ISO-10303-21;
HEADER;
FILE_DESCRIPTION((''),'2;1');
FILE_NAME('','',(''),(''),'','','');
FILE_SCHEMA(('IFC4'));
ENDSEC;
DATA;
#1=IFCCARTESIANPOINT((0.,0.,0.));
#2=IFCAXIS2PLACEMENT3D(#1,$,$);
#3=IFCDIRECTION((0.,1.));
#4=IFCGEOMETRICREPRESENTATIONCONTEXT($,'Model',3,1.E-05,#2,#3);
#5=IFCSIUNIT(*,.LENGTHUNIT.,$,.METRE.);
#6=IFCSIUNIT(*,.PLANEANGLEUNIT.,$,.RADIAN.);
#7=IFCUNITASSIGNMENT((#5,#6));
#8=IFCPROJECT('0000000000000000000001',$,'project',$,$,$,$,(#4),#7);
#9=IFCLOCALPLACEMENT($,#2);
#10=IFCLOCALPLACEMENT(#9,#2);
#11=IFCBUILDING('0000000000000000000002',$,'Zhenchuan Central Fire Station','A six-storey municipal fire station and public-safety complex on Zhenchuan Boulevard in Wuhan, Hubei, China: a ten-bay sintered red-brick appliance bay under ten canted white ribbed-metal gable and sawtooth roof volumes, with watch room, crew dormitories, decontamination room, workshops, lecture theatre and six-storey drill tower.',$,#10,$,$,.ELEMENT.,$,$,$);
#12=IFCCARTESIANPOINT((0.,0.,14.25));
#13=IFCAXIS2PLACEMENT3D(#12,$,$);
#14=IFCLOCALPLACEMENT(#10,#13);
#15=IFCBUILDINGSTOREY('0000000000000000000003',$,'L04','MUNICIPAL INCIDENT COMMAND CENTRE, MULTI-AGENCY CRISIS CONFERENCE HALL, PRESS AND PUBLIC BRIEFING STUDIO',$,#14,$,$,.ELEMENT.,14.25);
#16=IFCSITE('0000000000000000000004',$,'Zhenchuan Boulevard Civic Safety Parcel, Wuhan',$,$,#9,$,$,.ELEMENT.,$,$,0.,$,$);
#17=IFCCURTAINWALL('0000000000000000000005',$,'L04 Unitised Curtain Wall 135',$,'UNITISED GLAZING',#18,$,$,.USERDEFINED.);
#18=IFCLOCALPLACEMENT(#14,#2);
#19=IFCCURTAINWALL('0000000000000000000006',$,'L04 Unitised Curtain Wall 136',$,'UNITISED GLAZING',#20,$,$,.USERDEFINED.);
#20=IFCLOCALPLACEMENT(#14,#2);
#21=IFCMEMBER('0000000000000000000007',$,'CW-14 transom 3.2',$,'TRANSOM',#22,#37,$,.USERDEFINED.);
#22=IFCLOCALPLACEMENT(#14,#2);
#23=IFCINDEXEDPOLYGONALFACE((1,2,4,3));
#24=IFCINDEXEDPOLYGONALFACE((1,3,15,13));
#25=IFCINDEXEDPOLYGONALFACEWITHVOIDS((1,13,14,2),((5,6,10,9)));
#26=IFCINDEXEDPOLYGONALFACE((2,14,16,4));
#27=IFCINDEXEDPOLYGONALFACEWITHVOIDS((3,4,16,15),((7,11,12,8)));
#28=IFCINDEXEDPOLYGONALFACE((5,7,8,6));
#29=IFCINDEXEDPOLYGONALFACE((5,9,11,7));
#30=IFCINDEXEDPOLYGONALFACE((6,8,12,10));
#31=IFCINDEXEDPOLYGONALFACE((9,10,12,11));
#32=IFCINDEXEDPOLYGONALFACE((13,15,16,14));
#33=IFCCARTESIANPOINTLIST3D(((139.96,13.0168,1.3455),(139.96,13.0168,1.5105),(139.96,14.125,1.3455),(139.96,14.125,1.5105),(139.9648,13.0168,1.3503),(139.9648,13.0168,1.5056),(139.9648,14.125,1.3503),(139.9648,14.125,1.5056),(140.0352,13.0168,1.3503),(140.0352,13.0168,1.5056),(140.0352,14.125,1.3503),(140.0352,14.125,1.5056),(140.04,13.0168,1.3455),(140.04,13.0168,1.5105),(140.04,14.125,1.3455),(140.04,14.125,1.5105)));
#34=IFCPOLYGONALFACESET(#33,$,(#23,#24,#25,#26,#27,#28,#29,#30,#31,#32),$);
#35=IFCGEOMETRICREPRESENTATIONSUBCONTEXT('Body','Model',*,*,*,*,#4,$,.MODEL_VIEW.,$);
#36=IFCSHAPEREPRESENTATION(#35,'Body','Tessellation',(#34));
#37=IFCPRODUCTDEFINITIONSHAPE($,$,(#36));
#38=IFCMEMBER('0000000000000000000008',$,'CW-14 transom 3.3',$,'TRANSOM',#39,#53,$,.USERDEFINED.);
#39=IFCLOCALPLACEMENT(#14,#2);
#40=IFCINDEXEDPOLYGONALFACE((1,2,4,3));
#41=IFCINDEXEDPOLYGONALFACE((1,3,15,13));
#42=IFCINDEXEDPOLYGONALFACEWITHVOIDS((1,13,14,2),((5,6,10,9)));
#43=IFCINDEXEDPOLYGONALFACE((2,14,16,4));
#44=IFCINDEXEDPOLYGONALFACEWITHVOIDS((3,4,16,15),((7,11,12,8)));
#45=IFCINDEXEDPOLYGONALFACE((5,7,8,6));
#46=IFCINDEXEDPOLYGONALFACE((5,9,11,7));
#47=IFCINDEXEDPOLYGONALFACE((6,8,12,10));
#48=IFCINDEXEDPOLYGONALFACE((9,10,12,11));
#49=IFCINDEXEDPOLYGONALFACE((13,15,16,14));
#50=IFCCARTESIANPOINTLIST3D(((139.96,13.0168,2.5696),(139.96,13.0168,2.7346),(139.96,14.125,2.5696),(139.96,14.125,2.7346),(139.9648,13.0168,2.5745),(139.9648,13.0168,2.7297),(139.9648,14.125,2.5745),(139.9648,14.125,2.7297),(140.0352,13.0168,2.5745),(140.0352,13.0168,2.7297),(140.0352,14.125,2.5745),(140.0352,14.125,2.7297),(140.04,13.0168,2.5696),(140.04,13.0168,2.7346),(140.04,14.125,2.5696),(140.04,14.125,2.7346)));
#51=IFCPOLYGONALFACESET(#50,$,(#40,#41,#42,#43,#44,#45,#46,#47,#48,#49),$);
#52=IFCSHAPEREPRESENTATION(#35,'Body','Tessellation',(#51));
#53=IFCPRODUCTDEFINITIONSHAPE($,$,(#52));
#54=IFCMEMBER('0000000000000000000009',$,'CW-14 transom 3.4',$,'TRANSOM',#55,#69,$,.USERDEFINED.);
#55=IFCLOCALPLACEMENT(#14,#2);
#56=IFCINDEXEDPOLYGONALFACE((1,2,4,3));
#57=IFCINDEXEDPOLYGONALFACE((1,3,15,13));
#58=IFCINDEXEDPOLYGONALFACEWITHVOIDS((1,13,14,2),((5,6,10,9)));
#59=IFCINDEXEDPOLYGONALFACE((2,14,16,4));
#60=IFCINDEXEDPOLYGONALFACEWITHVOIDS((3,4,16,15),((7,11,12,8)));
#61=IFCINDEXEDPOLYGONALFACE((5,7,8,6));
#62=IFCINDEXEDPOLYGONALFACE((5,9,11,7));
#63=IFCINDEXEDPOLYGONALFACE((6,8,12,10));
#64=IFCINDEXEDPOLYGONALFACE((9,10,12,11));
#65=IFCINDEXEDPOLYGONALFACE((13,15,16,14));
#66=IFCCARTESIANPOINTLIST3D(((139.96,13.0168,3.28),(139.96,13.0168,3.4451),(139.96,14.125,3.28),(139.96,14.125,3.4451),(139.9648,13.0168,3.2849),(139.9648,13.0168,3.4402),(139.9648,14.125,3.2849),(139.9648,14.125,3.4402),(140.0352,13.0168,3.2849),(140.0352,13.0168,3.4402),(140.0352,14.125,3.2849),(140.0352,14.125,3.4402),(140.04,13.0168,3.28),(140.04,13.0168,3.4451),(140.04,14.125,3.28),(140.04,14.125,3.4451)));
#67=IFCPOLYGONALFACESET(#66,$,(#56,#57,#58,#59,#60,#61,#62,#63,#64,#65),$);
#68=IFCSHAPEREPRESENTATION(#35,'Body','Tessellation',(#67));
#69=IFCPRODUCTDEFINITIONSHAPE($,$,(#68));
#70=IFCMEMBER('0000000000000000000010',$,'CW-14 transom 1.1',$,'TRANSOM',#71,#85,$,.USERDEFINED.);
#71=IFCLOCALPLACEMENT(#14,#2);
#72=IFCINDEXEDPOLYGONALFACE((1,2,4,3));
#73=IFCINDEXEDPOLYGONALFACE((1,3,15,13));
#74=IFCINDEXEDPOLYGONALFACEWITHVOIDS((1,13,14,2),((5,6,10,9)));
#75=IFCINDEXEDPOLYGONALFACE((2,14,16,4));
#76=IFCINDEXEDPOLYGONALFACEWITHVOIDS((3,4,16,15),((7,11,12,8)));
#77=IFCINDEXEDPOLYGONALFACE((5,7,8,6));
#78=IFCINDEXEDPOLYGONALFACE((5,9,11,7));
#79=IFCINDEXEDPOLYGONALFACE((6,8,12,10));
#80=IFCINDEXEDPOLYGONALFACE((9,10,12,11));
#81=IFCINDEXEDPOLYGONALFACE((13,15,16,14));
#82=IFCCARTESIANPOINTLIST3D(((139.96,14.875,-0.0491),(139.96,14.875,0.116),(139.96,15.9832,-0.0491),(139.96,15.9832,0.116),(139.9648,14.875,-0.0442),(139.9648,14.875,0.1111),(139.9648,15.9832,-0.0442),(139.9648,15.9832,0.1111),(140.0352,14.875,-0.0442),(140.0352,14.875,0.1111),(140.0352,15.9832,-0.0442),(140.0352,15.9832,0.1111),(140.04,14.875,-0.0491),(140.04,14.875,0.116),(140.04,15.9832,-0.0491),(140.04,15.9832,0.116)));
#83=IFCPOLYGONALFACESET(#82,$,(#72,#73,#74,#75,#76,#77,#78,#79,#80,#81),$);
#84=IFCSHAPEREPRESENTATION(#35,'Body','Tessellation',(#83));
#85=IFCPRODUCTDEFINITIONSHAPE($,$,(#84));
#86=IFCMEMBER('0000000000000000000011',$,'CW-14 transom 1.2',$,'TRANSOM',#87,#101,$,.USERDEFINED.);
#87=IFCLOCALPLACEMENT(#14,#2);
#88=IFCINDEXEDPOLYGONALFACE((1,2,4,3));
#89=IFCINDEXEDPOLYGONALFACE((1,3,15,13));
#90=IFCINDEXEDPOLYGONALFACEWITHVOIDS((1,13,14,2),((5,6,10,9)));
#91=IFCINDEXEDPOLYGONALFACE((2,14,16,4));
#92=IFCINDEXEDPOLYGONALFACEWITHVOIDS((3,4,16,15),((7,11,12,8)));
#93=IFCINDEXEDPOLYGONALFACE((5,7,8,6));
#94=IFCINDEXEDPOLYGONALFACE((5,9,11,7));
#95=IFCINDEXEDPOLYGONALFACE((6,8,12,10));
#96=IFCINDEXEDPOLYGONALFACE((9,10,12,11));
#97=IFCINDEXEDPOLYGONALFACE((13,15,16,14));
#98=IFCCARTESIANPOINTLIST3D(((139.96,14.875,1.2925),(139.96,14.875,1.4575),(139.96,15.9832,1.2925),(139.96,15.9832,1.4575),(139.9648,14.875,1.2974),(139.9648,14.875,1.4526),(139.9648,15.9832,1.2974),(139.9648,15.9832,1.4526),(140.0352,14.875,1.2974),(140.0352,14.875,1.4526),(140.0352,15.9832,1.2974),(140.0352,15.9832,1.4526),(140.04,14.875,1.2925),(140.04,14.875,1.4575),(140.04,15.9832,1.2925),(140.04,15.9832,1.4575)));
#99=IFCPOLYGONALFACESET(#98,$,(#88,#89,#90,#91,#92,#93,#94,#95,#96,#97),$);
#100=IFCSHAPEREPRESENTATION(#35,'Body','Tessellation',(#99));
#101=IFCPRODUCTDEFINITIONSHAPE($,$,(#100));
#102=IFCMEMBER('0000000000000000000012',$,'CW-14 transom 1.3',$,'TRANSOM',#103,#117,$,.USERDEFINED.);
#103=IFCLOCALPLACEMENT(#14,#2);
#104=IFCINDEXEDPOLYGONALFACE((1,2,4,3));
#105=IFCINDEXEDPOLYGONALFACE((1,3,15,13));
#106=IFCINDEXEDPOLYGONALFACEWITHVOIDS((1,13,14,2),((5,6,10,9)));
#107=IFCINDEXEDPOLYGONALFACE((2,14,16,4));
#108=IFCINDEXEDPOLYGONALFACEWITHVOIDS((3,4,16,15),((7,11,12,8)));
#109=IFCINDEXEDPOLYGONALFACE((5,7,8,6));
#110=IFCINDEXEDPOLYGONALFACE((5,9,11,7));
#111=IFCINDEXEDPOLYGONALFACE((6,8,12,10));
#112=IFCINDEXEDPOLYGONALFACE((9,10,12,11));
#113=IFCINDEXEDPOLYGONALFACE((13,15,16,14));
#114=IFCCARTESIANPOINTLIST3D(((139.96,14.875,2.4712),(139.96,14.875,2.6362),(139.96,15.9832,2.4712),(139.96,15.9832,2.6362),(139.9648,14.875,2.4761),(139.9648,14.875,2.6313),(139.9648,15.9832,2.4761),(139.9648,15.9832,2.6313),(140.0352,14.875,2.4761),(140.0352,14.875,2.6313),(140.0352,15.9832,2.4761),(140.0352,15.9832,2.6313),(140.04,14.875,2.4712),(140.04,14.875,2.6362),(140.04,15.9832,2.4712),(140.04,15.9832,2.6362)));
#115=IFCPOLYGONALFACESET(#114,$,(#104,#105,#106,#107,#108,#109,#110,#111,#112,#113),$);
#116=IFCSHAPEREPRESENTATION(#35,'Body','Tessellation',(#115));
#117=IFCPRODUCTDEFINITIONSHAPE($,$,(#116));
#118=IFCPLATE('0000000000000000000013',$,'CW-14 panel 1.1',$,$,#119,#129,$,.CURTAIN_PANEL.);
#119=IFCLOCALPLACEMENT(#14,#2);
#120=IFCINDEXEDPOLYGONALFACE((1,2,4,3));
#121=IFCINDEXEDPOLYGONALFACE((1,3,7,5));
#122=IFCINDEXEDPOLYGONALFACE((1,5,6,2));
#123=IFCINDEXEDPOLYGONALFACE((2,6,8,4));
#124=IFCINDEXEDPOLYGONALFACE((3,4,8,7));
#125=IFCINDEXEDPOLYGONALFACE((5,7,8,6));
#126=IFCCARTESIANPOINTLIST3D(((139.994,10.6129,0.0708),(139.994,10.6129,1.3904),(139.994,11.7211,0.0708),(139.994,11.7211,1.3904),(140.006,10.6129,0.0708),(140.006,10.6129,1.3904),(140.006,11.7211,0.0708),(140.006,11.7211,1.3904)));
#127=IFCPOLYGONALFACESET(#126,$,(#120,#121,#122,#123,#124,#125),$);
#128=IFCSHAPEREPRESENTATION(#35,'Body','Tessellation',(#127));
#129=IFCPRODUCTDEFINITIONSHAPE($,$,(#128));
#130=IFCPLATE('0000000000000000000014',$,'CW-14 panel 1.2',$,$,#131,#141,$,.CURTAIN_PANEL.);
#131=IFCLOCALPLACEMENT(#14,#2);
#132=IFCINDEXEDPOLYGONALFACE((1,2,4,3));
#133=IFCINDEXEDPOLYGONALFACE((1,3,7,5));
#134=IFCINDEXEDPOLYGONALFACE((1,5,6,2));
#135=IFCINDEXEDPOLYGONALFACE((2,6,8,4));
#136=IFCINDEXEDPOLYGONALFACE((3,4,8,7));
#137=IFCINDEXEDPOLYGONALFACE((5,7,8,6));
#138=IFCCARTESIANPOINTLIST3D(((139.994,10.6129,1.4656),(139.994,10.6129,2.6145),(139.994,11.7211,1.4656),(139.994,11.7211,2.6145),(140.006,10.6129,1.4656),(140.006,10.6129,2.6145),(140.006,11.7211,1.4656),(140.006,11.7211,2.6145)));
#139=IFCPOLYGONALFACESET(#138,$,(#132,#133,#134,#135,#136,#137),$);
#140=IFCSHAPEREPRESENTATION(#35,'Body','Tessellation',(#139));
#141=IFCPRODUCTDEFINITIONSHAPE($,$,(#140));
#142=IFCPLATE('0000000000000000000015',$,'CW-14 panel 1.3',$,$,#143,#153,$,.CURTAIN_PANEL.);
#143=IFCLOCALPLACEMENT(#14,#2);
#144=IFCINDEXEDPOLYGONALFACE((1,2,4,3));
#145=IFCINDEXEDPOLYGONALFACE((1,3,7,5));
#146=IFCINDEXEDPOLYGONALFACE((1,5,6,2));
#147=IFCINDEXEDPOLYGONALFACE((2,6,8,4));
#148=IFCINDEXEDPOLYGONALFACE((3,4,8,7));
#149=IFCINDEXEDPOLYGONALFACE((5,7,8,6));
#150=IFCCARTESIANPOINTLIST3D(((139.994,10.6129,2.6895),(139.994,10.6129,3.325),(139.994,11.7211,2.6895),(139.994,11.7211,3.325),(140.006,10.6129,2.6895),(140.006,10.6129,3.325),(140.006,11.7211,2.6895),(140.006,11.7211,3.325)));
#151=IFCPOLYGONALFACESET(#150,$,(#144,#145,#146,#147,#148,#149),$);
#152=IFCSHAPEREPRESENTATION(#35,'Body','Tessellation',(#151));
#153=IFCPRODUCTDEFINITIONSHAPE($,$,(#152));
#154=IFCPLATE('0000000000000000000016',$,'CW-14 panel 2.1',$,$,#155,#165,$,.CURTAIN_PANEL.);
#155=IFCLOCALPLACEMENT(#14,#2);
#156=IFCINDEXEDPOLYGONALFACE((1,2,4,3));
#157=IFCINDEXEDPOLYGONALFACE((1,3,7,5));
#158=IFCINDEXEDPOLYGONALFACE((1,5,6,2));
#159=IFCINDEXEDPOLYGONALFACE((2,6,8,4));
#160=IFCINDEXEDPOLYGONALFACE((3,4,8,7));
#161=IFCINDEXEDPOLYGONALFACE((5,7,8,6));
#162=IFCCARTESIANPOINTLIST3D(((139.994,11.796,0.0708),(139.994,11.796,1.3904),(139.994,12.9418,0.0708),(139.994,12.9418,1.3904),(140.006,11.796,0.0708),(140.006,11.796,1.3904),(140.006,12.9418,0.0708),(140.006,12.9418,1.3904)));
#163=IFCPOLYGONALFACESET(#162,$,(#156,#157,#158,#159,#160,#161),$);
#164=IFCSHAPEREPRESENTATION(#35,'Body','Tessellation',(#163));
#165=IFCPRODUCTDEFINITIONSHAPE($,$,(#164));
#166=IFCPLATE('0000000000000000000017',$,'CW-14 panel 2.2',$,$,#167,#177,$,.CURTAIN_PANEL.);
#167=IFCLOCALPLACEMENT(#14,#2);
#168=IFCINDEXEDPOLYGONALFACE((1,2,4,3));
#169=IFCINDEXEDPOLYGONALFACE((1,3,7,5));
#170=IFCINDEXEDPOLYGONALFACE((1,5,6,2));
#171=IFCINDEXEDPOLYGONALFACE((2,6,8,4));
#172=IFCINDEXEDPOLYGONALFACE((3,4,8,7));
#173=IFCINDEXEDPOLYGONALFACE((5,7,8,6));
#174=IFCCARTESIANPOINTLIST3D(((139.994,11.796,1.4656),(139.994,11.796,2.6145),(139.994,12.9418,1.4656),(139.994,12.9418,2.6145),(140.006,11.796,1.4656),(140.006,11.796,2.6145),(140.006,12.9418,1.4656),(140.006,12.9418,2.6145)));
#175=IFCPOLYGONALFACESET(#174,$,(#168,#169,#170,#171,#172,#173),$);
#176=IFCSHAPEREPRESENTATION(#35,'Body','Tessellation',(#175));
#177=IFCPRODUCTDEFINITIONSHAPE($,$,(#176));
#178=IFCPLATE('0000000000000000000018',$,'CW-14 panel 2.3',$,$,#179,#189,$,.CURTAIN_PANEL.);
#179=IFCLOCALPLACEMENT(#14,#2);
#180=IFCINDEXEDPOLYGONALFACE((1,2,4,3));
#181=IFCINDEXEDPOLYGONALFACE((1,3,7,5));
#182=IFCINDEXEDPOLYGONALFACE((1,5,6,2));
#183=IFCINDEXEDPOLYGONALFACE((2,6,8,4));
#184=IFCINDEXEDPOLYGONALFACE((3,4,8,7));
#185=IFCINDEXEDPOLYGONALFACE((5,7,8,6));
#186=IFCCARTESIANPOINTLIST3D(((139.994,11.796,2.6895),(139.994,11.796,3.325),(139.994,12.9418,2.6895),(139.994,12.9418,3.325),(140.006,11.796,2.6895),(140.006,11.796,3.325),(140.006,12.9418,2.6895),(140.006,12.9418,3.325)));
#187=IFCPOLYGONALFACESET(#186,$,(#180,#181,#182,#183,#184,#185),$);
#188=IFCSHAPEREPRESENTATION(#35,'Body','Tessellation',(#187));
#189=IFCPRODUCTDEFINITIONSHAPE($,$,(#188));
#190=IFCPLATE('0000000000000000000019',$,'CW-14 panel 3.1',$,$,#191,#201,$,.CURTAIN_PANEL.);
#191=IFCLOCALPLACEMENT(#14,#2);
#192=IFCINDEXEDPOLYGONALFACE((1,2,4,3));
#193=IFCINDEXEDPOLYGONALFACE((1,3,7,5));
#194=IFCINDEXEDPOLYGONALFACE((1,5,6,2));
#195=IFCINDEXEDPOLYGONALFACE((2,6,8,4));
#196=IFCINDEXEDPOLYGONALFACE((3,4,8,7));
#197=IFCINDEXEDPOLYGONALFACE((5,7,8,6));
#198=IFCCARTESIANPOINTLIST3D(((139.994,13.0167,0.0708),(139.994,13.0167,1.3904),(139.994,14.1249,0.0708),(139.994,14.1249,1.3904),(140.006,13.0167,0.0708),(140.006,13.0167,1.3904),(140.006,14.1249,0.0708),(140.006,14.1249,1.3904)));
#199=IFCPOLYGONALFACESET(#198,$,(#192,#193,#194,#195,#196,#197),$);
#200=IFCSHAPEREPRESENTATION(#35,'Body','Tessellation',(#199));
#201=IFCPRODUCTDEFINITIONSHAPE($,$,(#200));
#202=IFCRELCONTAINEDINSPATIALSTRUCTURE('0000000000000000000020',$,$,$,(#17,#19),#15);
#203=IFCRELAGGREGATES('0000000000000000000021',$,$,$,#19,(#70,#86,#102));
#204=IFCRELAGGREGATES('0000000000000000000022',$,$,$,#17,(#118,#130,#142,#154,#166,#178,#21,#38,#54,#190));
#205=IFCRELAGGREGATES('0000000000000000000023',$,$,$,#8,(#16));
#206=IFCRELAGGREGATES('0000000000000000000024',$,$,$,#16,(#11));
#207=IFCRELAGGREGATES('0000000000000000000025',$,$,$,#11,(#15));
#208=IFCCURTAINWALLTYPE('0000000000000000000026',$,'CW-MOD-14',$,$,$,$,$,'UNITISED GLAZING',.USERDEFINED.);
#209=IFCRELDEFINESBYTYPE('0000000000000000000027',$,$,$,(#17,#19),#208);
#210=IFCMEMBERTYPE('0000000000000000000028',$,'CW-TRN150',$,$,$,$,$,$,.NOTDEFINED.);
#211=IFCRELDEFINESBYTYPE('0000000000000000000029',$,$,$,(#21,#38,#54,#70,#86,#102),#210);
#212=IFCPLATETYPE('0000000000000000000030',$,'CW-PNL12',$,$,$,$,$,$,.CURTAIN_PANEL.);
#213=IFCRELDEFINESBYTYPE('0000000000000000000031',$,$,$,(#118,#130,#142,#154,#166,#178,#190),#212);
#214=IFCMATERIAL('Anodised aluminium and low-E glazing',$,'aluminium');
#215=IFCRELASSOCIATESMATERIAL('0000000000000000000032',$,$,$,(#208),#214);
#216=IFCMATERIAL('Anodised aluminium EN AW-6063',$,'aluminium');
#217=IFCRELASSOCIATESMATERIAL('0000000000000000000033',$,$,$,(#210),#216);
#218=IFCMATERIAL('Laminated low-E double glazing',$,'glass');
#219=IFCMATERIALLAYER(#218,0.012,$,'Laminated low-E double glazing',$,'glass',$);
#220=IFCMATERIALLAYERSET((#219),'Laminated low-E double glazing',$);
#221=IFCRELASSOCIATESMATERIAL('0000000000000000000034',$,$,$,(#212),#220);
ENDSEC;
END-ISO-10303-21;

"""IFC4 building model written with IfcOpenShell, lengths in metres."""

from ifc_helpers import new_model, si_unit, direction, frame, origin, origin_2d, place, context, subcontext, project, spatial, rectangle, hollow_rectangle, extrude, material, layer, layer_set, material_profile, profile_set, type_object, element, aggregate, save


model = new_model("IFC4")

# Units and contexts
model_context = context("Model", 3, precision=1e-05, world=origin(), true_north=direction((0.0, 1.0)))
body_context = subcontext(model_context, "Body", "Model", "MODEL_VIEW")
ifc_project = project(units=[si_unit("LENGTHUNIT", "METRE"), si_unit("PLANEANGLEUNIT", "RADIAN")], contexts=[model_context])

# Site, building, storey
site_placement = place(None, origin())
site = spatial("IfcSite", under=ifc_project, at=site_placement, Name="Zhenchuan Boulevard Civic Safety Parcel, Wuhan", CompositionType="ELEMENT", RefElevation=0.0)
building_placement = place(site_placement, origin())
building = spatial("IfcBuilding", under=site, at=building_placement, Name="Zhenchuan Central Fire Station", Description="A six-storey municipal fire station and public-safety complex on Zhenchuan Boulevard in Wuhan, Hubei, China: a ten-bay sintered red-brick appliance bay under ten canted white ribbed-metal gable and sawtooth roof volumes, with watch room, crew dormitories, decontamination room, workshops, lecture theatre and six-storey drill tower.", CompositionType="ELEMENT")
storey_placement = place(building_placement, frame((0.0, 0.0, 14.25)))
storey = spatial("IfcBuildingStorey", under=building, at=storey_placement, Name="L04", Description="MUNICIPAL INCIDENT COMMAND CENTRE, MULTI-AGENCY CRISIS CONFERENCE HALL, PRESS AND PUBLIC BRIEFING STUDIO", CompositionType="ELEMENT", Elevation=14.25)

# Curtain wall
ifc_material_1 = material(Name="Anodised aluminium and low-E glazing", Category="aluminium")
curtain_wall_type = type_object("IfcCurtainWallType", Name="CW-MOD-14", ElementType="UNITISED GLAZING", PredefinedType="USERDEFINED", material=ifc_material_1)
curtain_wall_1_placement = place(storey_placement, origin())
curtain_wall_1 = element("IfcCurtainWall", 1, at=curtain_wall_1_placement, inside=storey, type_object=curtain_wall_type, Name="L04 Unitised Curtain Wall 135", ObjectType="UNITISED GLAZING", PredefinedType="USERDEFINED")
ifc_material_2 = material(Name="Anodised aluminium EN AW-6063", Category="aluminium")

# Curtain wall
curtain_wall_2_placement = place(storey_placement, origin())
curtain_wall_2 = element("IfcCurtainWall", 2, at=curtain_wall_2_placement, inside=storey, type_object=curtain_wall_type, Name="L04 Unitised Curtain Wall 136", ObjectType="UNITISED GLAZING", PredefinedType="USERDEFINED")

# Members
ifc_material_profile_1 = material_profile(ifc_material_2, hollow_rectangle(XDim=0.0801, YDim=0.165, WallThickness=0.0049, at=origin_2d()), Name="ALU-T 165x80")
ifc_profile_set_1 = profile_set([ifc_material_profile_1], Name="Anodised aluminium EN AW-6063")
member_type_1 = type_object("IfcMemberType", Name="CW-TRN150", PredefinedType="NOTDEFINED", material=ifc_profile_set_1)
member_1_placement = place(storey_placement, frame((140.0, 13.0168, 1.428), z_axis=(0.0, 1.0, 0.0), x_axis=(-1.0, 0.0, 0.0)))
member_1 = element("IfcMember", 3, at=member_1_placement, type_object=member_type_1, Name="CW-14 transom 3.2", ObjectType="TRANSOM", PredefinedType="USERDEFINED", context=body_context, shape_type="SweptSolid", body=[
    extrude(hollow_rectangle(XDim=0.0801, YDim=0.165, WallThickness=0.0049, at=origin_2d()), origin(), (0.0, 0.0, 1.0), 1.1082),
])
member_2_placement = place(storey_placement, frame((140.0, 13.0168, 2.6521), z_axis=(0.0, 1.0, 0.0), x_axis=(-1.0, 0.0, 0.0)))
member_2 = element("IfcMember", 4, at=member_2_placement, type_object=member_type_1, Name="CW-14 transom 3.3", ObjectType="TRANSOM", PredefinedType="USERDEFINED", context=body_context, shape_type="SweptSolid", body=[
    extrude(hollow_rectangle(XDim=0.0801, YDim=0.165, WallThickness=0.0049, at=origin_2d()), origin(), (0.0, 0.0, 1.0), 1.1082),
])
member_3_placement = place(storey_placement, frame((140.0, 13.0168, 3.3625), z_axis=(0.0, 1.0, 0.0), x_axis=(-1.0, 0.0, 0.0)))
member_3 = element("IfcMember", 5, at=member_3_placement, type_object=member_type_1, Name="CW-14 transom 3.4", ObjectType="TRANSOM", PredefinedType="USERDEFINED", context=body_context, shape_type="SweptSolid", body=[
    extrude(hollow_rectangle(XDim=0.0801, YDim=0.165, WallThickness=0.0049, at=origin_2d()), origin(), (0.0, 0.0, 1.0), 1.1082),
])
member_4_placement = place(storey_placement, frame((140.0, 14.875, 0.0334), z_axis=(0.0, 1.0, 0.0), x_axis=(-1.0, 0.0, 0.0)))
member_4 = element("IfcMember", 6, at=member_4_placement, type_object=member_type_1, Name="CW-14 transom 1.1", ObjectType="TRANSOM", PredefinedType="USERDEFINED", context=body_context, shape_type="SweptSolid", body=[
    extrude(hollow_rectangle(XDim=0.0801, YDim=0.165, WallThickness=0.0049, at=origin_2d()), origin(), (0.0, 0.0, 1.0), 1.1082),
])
member_5_placement = place(storey_placement, frame((140.0, 14.875, 1.375), z_axis=(0.0, 1.0, 0.0), x_axis=(-1.0, 0.0, 0.0)))
member_5 = element("IfcMember", 7, at=member_5_placement, type_object=member_type_1, Name="CW-14 transom 1.2", ObjectType="TRANSOM", PredefinedType="USERDEFINED", context=body_context, shape_type="SweptSolid", body=[
    extrude(hollow_rectangle(XDim=0.0801, YDim=0.165, WallThickness=0.0049, at=origin_2d()), origin(), (0.0, 0.0, 1.0), 1.1082),
])
member_6_placement = place(storey_placement, frame((140.0, 14.875, 2.5537), z_axis=(0.0, 1.0, 0.0), x_axis=(-1.0, 0.0, 0.0)))
member_6 = element("IfcMember", 8, at=member_6_placement, type_object=member_type_1, Name="CW-14 transom 1.3", ObjectType="TRANSOM", PredefinedType="USERDEFINED", context=body_context, shape_type="SweptSolid", body=[
    extrude(hollow_rectangle(XDim=0.0801, YDim=0.165, WallThickness=0.0049, at=origin_2d()), origin(), (0.0, 0.0, 1.0), 1.1082),
])
aggregate(curtain_wall_2, [member_4, member_5, member_6])

# Plates
ifc_material_3 = material(Name="Laminated low-E double glazing", Category="glass")
ifc_layer = layer(ifc_material_3, 0.012, Name="Laminated low-E double glazing", Category="glass")
ifc_layer_set = layer_set([ifc_layer], Name="Laminated low-E double glazing")
plate_type = type_object("IfcPlateType", Name="CW-PNL12", PredefinedType="CURTAIN_PANEL", material=ifc_layer_set)
plate_1_placement = place(storey_placement, frame((140.0, 11.167, 0.0708), z_axis=(0.0, 0.0, 1.0), x_axis=(0.0, 1.0, 0.0)))
plate_1 = element("IfcPlate", 9, at=plate_1_placement, type_object=plate_type, Name="CW-14 panel 1.1", PredefinedType="CURTAIN_PANEL", context=body_context, shape_type="SweptSolid", body=[
    extrude(rectangle(XDim=1.1082, YDim=0.012, at=origin_2d()), origin(), (0.0, 0.0, 1.0), 1.3196),
])
plate_2_placement = place(storey_placement, frame((140.0, 11.167, 1.4656), z_axis=(0.0, 0.0, 1.0), x_axis=(0.0, 1.0, 0.0)))
plate_2 = element("IfcPlate", 10, at=plate_2_placement, type_object=plate_type, Name="CW-14 panel 1.2", PredefinedType="CURTAIN_PANEL", context=body_context, shape_type="SweptSolid", body=[
    extrude(rectangle(XDim=1.1082, YDim=0.012, at=origin_2d()), origin(), (0.0, 0.0, 1.0), 1.1489),
])
plate_3_placement = place(storey_placement, frame((140.0, 11.167, 2.6895), z_axis=(0.0, 0.0, 1.0), x_axis=(0.0, 1.0, 0.0)))
plate_3 = element("IfcPlate", 11, at=plate_3_placement, type_object=plate_type, Name="CW-14 panel 1.3", PredefinedType="CURTAIN_PANEL", context=body_context, shape_type="SweptSolid", body=[
    extrude(rectangle(XDim=1.1082, YDim=0.012, at=origin_2d()), origin(), (0.0, 0.0, 1.0), 0.6355),
])
plate_4_placement = place(storey_placement, frame((140.0, 12.3689, 0.0708), z_axis=(0.0, 0.0, 1.0), x_axis=(0.0, 1.0, 0.0)))
plate_4 = element("IfcPlate", 12, at=plate_4_placement, type_object=plate_type, Name="CW-14 panel 2.1", PredefinedType="CURTAIN_PANEL", context=body_context, shape_type="SweptSolid", body=[
    extrude(rectangle(XDim=1.1458, YDim=0.012, at=origin_2d()), origin(), (0.0, 0.0, 1.0), 1.3196),
])
plate_5_placement = place(storey_placement, frame((140.0, 12.3689, 1.4656), z_axis=(0.0, 0.0, 1.0), x_axis=(0.0, 1.0, 0.0)))
plate_5 = element("IfcPlate", 13, at=plate_5_placement, type_object=plate_type, Name="CW-14 panel 2.2", PredefinedType="CURTAIN_PANEL", context=body_context, shape_type="SweptSolid", body=[
    extrude(rectangle(XDim=1.1458, YDim=0.012, at=origin_2d()), origin(), (0.0, 0.0, 1.0), 1.1489),
])
plate_6_placement = place(storey_placement, frame((140.0, 12.3689, 2.6895), z_axis=(0.0, 0.0, 1.0), x_axis=(0.0, 1.0, 0.0)))
plate_6 = element("IfcPlate", 14, at=plate_6_placement, type_object=plate_type, Name="CW-14 panel 2.3", PredefinedType="CURTAIN_PANEL", context=body_context, shape_type="SweptSolid", body=[
    extrude(rectangle(XDim=1.1458, YDim=0.012, at=origin_2d()), origin(), (0.0, 0.0, 1.0), 0.6355),
])
plate_7_placement = place(storey_placement, frame((140.0, 13.5708, 0.0708), z_axis=(0.0, 0.0, 1.0), x_axis=(0.0, 1.0, 0.0)))
plate_7 = element("IfcPlate", 15, at=plate_7_placement, type_object=plate_type, Name="CW-14 panel 3.1", PredefinedType="CURTAIN_PANEL", context=body_context, shape_type="SweptSolid", body=[
    extrude(rectangle(XDim=1.1082, YDim=0.012, at=origin_2d()), origin(), (0.0, 0.0, 1.0), 1.3196),
])
aggregate(curtain_wall_1, [plate_1, plate_2, plate_3, plate_4, plate_5, plate_6, member_1, member_2, member_3, plate_7])

save(model, "model.ifc")
